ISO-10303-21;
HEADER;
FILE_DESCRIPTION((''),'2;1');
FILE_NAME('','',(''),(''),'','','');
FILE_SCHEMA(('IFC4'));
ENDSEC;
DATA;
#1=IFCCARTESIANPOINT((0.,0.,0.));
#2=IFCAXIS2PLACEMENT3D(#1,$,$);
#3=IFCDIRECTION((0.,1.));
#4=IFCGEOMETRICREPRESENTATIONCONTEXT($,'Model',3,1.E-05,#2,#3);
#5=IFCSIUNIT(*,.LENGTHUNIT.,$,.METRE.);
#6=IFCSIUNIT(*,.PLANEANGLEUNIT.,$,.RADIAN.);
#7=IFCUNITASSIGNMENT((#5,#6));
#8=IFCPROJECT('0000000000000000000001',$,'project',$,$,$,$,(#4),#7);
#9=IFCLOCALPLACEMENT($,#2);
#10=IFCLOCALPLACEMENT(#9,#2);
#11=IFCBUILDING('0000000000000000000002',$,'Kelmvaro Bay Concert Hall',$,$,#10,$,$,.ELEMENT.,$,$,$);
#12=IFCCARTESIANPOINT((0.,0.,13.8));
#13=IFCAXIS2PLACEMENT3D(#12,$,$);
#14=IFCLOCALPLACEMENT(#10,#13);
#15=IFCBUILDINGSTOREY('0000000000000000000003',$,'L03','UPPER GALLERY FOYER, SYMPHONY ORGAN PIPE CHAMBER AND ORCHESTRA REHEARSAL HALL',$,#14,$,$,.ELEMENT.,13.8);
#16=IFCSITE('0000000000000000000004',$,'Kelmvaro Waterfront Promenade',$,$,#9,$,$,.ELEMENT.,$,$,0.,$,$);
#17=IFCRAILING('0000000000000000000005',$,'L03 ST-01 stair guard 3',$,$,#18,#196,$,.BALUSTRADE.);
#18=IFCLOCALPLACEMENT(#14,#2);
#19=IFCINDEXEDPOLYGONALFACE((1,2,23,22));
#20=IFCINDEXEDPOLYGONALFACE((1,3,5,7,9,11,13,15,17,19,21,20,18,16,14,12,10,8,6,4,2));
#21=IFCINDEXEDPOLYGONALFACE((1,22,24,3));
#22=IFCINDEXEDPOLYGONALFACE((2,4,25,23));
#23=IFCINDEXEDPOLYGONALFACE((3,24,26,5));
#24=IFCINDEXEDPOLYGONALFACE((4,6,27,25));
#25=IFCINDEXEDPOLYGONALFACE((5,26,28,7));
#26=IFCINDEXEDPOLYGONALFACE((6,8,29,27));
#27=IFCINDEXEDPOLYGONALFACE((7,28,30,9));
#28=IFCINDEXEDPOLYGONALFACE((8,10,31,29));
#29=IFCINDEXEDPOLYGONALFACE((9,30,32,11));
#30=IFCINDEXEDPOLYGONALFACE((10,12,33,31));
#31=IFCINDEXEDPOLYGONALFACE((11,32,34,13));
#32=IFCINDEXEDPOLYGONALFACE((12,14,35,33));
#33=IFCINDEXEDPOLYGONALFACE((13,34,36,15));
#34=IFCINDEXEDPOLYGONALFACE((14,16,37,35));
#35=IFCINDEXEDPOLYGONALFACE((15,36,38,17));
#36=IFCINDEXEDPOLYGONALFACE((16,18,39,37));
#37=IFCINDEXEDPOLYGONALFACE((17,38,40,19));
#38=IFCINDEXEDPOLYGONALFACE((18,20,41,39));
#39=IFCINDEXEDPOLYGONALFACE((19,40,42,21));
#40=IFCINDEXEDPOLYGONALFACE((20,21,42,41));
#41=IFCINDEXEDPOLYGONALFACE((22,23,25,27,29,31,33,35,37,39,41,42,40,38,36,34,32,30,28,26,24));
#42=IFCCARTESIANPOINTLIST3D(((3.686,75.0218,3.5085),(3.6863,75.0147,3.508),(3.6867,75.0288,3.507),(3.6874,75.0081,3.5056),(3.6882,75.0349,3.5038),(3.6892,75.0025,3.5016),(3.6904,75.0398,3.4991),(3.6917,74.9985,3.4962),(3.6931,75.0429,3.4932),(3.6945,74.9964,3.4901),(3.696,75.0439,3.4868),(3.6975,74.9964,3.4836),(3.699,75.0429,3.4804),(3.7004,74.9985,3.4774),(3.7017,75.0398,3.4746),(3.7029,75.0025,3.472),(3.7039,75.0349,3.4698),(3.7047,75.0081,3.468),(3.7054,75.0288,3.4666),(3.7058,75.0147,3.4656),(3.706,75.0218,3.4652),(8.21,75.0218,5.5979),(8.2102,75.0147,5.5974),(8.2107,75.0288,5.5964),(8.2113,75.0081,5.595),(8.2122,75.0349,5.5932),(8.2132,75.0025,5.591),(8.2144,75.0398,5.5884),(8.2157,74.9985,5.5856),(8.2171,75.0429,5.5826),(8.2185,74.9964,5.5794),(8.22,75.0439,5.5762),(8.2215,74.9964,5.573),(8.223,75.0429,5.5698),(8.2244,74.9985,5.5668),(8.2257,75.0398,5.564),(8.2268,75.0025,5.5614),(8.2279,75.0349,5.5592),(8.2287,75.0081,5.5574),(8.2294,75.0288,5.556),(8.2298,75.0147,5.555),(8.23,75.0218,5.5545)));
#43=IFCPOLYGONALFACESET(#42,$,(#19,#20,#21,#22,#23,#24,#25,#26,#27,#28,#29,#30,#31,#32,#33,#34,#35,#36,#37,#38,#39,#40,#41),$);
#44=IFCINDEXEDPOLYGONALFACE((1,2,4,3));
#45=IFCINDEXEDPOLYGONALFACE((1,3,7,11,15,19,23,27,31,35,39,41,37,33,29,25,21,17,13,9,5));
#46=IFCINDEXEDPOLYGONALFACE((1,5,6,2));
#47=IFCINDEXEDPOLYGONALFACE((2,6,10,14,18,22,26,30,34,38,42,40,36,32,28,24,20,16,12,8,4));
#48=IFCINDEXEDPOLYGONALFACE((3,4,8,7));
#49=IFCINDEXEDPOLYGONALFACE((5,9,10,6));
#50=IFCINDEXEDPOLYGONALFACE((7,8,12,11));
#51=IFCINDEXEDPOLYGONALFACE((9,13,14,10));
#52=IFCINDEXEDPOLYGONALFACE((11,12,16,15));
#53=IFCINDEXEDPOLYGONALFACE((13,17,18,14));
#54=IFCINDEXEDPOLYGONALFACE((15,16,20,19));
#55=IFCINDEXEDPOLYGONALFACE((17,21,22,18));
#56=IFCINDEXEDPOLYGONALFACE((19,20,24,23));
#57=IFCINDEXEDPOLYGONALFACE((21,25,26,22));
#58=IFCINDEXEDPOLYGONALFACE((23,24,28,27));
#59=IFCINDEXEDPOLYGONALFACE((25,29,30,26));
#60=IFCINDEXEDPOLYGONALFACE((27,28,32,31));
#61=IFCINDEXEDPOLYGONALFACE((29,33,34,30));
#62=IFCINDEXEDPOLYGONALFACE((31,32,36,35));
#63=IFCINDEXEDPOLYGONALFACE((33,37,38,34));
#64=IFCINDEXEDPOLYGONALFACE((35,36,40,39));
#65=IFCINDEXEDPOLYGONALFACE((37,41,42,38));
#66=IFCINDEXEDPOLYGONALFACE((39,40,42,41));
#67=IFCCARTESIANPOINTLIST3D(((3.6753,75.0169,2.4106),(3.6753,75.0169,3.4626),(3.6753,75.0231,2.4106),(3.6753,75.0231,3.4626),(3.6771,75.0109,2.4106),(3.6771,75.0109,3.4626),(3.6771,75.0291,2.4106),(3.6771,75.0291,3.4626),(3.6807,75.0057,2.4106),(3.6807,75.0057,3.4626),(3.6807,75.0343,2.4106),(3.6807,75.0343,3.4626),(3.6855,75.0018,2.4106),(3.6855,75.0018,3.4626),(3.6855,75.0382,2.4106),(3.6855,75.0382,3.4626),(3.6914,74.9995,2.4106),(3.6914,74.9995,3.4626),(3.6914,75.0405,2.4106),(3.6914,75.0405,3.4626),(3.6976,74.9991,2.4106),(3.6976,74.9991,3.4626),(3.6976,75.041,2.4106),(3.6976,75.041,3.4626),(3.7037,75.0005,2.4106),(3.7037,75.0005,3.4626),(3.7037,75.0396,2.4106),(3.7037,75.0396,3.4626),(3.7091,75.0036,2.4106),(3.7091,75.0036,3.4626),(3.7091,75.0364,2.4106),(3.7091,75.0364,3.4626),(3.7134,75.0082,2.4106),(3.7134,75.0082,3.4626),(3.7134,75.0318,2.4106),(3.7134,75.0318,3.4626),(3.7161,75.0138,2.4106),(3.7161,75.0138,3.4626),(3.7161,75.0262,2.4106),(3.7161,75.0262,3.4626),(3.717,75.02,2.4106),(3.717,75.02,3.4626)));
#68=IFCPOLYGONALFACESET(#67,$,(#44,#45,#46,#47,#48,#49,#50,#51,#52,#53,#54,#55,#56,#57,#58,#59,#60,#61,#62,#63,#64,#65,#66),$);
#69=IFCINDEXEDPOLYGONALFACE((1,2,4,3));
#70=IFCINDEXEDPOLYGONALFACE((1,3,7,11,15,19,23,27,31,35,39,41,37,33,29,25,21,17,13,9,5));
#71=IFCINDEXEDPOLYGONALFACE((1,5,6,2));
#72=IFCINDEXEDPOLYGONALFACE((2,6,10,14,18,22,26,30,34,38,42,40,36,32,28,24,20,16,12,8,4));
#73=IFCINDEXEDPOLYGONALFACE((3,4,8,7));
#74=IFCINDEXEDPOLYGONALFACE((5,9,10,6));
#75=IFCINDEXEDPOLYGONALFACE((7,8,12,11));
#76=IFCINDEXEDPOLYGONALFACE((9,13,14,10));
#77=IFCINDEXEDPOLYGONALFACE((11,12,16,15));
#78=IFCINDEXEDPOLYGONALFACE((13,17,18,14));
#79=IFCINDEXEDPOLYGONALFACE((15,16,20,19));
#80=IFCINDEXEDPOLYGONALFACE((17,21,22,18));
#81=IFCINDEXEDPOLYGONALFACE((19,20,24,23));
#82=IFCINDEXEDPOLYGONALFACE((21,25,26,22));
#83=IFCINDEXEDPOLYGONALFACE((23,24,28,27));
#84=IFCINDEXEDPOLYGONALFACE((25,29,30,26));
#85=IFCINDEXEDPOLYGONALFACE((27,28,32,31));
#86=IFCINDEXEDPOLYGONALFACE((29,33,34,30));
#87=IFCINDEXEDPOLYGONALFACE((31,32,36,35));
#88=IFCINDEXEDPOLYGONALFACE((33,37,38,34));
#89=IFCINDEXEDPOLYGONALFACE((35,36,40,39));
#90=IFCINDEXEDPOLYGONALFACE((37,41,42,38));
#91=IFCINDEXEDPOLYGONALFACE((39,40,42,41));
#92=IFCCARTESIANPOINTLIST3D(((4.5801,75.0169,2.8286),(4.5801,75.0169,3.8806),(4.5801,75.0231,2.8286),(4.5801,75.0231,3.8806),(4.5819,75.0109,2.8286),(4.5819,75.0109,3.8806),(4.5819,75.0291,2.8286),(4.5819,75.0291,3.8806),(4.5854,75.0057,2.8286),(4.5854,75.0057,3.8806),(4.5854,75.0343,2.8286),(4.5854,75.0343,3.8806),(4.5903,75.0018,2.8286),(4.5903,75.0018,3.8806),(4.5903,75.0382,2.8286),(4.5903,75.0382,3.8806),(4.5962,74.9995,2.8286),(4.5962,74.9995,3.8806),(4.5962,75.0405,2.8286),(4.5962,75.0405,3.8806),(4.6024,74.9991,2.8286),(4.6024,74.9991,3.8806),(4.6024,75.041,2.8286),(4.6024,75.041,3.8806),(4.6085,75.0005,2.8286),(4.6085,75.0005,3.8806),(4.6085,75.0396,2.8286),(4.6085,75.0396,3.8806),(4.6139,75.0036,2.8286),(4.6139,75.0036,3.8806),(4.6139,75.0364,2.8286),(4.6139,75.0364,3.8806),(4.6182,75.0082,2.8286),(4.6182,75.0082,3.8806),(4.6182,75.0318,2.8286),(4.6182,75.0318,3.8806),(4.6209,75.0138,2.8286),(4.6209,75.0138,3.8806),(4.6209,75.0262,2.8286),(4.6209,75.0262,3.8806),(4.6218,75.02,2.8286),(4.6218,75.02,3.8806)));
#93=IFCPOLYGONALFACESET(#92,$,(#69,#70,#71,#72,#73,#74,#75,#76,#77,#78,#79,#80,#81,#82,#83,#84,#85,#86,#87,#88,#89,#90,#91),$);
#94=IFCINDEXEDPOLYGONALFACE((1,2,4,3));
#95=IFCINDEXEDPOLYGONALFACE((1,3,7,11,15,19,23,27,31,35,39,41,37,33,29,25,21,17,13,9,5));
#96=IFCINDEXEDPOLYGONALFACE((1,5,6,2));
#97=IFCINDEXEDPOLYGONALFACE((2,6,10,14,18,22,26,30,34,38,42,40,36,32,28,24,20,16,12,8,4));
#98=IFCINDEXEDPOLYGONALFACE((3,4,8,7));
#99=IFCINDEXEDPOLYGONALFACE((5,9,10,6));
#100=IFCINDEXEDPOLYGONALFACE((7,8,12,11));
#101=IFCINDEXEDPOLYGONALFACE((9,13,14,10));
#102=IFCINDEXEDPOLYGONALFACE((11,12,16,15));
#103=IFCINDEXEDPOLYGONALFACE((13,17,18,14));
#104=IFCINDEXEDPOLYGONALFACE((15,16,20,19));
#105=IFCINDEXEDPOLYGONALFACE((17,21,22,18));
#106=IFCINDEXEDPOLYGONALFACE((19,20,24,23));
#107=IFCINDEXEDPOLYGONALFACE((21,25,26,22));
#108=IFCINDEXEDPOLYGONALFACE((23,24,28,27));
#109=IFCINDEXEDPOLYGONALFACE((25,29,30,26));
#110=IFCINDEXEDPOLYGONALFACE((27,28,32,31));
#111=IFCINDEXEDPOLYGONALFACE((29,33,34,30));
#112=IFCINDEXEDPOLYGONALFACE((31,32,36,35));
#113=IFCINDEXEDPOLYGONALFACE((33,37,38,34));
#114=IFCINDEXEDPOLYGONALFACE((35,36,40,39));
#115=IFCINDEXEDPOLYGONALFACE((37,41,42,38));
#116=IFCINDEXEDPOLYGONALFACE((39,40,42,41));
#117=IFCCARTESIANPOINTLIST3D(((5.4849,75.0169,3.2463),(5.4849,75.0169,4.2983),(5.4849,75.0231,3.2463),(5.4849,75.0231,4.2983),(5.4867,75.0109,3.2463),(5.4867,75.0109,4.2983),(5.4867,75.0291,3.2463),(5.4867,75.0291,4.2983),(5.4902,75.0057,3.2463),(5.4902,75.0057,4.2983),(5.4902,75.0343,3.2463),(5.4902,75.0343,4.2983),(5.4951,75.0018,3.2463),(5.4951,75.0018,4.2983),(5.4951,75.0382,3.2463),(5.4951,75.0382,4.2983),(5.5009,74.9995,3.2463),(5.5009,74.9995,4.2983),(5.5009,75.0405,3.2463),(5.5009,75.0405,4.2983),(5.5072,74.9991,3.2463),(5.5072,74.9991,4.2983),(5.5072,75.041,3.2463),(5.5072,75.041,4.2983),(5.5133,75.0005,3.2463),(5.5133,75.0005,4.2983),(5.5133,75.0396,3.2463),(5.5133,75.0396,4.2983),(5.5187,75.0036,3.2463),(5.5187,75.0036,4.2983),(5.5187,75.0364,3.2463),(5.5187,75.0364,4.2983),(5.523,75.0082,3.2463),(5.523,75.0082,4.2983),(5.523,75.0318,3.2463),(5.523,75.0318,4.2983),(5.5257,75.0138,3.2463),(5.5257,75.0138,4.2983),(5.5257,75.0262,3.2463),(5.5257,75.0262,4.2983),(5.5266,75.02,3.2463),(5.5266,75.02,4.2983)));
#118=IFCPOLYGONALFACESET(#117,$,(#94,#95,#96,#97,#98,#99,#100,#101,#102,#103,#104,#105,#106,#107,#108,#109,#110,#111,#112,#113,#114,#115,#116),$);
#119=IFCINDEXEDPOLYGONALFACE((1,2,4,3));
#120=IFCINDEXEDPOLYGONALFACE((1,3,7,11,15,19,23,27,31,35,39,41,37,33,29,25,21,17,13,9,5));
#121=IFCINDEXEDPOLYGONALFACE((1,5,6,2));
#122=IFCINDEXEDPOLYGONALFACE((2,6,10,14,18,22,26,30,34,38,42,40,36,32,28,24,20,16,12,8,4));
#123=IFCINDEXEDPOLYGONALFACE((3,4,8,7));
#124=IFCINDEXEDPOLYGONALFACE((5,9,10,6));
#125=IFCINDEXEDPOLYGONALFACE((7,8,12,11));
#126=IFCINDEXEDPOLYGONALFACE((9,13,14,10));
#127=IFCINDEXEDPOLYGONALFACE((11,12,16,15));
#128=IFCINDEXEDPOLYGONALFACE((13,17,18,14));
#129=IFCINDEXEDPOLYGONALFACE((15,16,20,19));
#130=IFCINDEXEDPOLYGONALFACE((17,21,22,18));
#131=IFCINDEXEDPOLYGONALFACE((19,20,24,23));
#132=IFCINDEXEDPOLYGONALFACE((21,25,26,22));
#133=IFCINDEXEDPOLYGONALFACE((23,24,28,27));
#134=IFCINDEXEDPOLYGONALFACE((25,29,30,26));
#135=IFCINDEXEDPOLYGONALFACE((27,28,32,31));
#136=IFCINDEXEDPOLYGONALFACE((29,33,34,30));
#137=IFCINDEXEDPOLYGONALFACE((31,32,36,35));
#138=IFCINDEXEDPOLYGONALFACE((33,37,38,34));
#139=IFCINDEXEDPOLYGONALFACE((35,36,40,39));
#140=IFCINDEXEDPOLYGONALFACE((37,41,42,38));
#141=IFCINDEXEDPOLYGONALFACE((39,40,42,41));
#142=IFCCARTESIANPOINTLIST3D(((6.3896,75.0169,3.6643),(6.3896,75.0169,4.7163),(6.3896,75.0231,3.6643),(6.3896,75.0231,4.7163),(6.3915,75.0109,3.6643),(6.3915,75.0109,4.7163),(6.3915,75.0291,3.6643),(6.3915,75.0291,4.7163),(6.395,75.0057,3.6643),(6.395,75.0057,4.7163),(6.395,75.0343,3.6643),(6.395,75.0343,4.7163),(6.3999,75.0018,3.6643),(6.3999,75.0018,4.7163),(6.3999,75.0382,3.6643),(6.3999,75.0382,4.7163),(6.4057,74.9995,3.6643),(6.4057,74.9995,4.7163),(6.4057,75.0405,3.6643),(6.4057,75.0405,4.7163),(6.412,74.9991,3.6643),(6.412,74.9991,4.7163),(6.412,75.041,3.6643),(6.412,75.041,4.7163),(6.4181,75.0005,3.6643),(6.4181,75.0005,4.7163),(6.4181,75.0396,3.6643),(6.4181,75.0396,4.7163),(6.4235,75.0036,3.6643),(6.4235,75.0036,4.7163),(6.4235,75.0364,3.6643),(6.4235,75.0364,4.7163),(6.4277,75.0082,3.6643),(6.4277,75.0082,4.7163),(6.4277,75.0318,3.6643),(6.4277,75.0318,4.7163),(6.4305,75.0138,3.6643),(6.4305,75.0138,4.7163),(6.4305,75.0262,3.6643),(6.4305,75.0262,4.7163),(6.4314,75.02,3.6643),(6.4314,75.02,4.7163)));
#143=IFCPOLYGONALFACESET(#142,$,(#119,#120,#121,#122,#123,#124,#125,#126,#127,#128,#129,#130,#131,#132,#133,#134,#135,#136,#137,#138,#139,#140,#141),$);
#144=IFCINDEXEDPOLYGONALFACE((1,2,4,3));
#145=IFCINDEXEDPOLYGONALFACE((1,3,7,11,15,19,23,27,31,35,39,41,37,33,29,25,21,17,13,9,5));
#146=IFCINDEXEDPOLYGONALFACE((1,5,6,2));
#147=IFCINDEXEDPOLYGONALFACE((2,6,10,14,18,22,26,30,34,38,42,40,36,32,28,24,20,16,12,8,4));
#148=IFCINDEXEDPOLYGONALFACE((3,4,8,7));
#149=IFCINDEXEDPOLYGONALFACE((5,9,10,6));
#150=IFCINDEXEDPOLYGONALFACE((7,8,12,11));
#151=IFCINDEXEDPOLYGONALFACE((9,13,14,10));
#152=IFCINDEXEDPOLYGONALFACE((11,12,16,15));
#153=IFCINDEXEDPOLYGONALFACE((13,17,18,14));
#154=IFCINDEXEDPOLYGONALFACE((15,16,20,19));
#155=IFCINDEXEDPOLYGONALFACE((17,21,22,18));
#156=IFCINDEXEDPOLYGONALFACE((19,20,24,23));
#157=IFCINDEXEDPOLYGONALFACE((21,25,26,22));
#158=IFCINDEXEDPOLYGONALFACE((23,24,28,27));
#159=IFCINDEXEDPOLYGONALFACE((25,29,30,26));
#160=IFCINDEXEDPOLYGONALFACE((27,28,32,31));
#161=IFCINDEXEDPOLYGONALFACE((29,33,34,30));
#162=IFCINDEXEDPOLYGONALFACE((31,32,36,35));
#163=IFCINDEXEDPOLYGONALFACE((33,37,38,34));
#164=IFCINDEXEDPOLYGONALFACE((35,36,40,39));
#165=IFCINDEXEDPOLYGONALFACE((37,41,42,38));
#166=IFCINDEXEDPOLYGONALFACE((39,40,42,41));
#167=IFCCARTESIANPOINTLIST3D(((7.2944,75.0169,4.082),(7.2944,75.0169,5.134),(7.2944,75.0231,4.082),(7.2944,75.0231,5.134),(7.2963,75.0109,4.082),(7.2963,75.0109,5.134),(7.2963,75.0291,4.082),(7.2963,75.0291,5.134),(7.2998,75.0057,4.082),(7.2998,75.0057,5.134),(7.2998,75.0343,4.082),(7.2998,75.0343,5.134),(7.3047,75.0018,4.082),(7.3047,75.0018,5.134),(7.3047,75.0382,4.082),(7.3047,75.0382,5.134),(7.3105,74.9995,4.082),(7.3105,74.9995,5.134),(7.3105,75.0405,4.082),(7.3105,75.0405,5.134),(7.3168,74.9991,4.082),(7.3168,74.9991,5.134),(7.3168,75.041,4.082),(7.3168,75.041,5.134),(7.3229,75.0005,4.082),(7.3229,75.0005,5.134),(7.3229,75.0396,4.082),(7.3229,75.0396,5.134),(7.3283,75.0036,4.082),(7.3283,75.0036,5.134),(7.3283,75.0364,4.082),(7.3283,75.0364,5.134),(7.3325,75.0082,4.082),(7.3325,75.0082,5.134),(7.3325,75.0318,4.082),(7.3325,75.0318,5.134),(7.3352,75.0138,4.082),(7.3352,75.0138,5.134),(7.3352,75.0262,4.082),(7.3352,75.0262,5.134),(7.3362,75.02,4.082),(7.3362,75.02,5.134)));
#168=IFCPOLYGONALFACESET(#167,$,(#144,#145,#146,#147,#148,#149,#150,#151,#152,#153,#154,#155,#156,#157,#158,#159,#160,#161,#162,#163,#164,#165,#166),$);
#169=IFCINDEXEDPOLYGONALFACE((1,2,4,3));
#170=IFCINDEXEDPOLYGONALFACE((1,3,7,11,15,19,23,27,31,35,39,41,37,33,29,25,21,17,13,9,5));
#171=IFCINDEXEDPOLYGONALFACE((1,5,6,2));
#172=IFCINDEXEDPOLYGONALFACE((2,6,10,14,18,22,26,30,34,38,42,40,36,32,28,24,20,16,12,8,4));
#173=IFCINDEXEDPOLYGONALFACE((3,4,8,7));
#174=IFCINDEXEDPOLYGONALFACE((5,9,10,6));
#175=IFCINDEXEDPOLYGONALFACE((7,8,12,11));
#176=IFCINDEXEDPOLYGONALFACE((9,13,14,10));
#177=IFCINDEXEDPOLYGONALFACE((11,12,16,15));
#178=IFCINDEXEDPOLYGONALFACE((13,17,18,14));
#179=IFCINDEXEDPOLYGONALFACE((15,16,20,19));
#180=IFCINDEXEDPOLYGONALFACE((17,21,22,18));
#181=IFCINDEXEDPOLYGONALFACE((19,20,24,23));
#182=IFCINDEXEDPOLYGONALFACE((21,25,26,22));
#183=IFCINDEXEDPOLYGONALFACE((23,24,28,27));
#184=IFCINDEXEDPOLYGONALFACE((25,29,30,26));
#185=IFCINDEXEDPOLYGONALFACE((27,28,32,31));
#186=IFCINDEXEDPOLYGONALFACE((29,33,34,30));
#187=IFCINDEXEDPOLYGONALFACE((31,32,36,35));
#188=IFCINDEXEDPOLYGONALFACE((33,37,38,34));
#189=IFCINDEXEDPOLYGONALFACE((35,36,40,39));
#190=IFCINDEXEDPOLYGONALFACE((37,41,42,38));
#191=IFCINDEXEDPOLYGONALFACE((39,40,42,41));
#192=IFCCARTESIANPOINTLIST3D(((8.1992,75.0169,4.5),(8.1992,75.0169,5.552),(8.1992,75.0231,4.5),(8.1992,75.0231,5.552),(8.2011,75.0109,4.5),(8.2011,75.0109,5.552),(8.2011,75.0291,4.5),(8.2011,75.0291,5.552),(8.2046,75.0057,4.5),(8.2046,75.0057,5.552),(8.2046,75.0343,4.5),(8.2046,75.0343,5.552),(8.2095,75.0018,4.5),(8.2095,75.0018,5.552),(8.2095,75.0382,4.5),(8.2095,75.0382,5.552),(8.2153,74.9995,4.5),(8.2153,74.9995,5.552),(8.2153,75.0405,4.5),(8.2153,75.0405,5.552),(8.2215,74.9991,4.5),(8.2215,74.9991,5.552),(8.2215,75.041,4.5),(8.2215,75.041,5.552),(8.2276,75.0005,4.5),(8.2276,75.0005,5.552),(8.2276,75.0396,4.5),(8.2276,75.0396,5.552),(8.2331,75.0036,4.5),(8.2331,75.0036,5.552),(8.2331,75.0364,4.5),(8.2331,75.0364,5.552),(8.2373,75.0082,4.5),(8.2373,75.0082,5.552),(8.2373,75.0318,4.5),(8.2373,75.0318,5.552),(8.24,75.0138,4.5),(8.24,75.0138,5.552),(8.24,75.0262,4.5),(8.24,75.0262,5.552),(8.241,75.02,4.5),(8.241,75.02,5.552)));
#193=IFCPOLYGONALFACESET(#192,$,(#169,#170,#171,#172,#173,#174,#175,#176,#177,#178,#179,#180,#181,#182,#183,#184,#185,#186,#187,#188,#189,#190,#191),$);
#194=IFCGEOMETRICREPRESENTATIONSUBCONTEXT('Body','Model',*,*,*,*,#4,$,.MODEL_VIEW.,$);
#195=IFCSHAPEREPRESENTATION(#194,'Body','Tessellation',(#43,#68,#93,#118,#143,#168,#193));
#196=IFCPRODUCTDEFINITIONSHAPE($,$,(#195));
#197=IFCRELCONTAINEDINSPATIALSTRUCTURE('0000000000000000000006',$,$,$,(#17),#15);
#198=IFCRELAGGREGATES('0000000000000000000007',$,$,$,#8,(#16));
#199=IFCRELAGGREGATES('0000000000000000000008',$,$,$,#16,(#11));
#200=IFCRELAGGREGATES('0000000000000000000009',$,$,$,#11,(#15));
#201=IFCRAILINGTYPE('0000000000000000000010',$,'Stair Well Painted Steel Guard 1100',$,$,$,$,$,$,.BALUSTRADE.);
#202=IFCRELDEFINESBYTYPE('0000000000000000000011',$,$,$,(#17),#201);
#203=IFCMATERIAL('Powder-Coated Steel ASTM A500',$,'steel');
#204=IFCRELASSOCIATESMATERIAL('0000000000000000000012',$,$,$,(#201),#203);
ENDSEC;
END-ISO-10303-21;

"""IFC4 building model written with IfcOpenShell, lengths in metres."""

from ifc_helpers import new_model, si_unit, direction, frame, origin, origin_2d, place, context, subcontext, project, spatial, circle, extrude, material, type_object, element, save


model = new_model("IFC4")

# Units and contexts
model_context = context("Model", 3, precision=1e-05, world=origin(), true_north=direction((0.0, 1.0)))
body_context = subcontext(model_context, "Body", "Model", "MODEL_VIEW")
ifc_project = project(units=[si_unit("LENGTHUNIT", "METRE"), si_unit("PLANEANGLEUNIT", "RADIAN")], contexts=[model_context])

# Site, building, storey
site_placement = place(None, origin())
site = spatial("IfcSite", under=ifc_project, at=site_placement, Name="Kelmvaro Waterfront Promenade", CompositionType="ELEMENT", RefElevation=0.0)
building_placement = place(site_placement, origin())
building = spatial("IfcBuilding", under=site, at=building_placement, Name="Kelmvaro Bay Concert Hall", CompositionType="ELEMENT")
storey_placement = place(building_placement, frame((0.0, 0.0, 13.8)))
storey = spatial("IfcBuildingStorey", under=building, at=storey_placement, Name="L03", Description="UPPER GALLERY FOYER, SYMPHONY ORGAN PIPE CHAMBER AND ORCHESTRA REHEARSAL HALL", CompositionType="ELEMENT", Elevation=13.8)

# Railing
ifc_material_1 = material(Name="Powder-Coated Steel ASTM A500", Category="steel")
railing_type_1 = type_object("IfcRailingType", Name="Stair Well Painted Steel Guard 1100", PredefinedType="BALUSTRADE", material=ifc_material_1)
railing_1_placement = place(storey_placement, frame((3.696, 75.02, 2.4106)))
element("IfcRailing", 1, at=railing_1_placement, inside=storey, type_object=railing_type_1, Name="L03 ST-01 stair guard 3", PredefinedType="BALUSTRADE", context=body_context, shape_type="SweptSolid", body=[
    extrude(circle(Radius=0.0239, at=origin_2d()), frame((0.0, 0.0, 1.0762), z_axis=(0.907853, 0.0, 0.419288), x_axis=(0.0, 1.0, 0.0)), (0.0, 0.0, 1.0), 4.9832),
    extrude(circle(Radius=0.021, at=origin_2d()), origin(), (0.0, 0.0, 1.0), 1.052),
    extrude(circle(Radius=0.021, at=origin_2d()), frame((0.9048, 0.0, 0.418)), (0.0, 0.0, 1.0), 1.052),
    extrude(circle(Radius=0.021, at=origin_2d()), frame((1.8096, 0.0, 0.8357)), (0.0, 0.0, 1.0), 1.052),
    extrude(circle(Radius=0.021, at=origin_2d()), frame((2.7144, 0.0, 1.2537)), (0.0, 0.0, 1.0), 1.052),
    extrude(circle(Radius=0.021, at=origin_2d()), frame((3.6191, 0.0, 1.6714)), (0.0, 0.0, 1.0), 1.052),
    extrude(circle(Radius=0.021, at=origin_2d()), frame((4.5239, 0.0, 2.0894)), (0.0, 0.0, 1.0), 1.052),
])

save(model, "model.ifc")
